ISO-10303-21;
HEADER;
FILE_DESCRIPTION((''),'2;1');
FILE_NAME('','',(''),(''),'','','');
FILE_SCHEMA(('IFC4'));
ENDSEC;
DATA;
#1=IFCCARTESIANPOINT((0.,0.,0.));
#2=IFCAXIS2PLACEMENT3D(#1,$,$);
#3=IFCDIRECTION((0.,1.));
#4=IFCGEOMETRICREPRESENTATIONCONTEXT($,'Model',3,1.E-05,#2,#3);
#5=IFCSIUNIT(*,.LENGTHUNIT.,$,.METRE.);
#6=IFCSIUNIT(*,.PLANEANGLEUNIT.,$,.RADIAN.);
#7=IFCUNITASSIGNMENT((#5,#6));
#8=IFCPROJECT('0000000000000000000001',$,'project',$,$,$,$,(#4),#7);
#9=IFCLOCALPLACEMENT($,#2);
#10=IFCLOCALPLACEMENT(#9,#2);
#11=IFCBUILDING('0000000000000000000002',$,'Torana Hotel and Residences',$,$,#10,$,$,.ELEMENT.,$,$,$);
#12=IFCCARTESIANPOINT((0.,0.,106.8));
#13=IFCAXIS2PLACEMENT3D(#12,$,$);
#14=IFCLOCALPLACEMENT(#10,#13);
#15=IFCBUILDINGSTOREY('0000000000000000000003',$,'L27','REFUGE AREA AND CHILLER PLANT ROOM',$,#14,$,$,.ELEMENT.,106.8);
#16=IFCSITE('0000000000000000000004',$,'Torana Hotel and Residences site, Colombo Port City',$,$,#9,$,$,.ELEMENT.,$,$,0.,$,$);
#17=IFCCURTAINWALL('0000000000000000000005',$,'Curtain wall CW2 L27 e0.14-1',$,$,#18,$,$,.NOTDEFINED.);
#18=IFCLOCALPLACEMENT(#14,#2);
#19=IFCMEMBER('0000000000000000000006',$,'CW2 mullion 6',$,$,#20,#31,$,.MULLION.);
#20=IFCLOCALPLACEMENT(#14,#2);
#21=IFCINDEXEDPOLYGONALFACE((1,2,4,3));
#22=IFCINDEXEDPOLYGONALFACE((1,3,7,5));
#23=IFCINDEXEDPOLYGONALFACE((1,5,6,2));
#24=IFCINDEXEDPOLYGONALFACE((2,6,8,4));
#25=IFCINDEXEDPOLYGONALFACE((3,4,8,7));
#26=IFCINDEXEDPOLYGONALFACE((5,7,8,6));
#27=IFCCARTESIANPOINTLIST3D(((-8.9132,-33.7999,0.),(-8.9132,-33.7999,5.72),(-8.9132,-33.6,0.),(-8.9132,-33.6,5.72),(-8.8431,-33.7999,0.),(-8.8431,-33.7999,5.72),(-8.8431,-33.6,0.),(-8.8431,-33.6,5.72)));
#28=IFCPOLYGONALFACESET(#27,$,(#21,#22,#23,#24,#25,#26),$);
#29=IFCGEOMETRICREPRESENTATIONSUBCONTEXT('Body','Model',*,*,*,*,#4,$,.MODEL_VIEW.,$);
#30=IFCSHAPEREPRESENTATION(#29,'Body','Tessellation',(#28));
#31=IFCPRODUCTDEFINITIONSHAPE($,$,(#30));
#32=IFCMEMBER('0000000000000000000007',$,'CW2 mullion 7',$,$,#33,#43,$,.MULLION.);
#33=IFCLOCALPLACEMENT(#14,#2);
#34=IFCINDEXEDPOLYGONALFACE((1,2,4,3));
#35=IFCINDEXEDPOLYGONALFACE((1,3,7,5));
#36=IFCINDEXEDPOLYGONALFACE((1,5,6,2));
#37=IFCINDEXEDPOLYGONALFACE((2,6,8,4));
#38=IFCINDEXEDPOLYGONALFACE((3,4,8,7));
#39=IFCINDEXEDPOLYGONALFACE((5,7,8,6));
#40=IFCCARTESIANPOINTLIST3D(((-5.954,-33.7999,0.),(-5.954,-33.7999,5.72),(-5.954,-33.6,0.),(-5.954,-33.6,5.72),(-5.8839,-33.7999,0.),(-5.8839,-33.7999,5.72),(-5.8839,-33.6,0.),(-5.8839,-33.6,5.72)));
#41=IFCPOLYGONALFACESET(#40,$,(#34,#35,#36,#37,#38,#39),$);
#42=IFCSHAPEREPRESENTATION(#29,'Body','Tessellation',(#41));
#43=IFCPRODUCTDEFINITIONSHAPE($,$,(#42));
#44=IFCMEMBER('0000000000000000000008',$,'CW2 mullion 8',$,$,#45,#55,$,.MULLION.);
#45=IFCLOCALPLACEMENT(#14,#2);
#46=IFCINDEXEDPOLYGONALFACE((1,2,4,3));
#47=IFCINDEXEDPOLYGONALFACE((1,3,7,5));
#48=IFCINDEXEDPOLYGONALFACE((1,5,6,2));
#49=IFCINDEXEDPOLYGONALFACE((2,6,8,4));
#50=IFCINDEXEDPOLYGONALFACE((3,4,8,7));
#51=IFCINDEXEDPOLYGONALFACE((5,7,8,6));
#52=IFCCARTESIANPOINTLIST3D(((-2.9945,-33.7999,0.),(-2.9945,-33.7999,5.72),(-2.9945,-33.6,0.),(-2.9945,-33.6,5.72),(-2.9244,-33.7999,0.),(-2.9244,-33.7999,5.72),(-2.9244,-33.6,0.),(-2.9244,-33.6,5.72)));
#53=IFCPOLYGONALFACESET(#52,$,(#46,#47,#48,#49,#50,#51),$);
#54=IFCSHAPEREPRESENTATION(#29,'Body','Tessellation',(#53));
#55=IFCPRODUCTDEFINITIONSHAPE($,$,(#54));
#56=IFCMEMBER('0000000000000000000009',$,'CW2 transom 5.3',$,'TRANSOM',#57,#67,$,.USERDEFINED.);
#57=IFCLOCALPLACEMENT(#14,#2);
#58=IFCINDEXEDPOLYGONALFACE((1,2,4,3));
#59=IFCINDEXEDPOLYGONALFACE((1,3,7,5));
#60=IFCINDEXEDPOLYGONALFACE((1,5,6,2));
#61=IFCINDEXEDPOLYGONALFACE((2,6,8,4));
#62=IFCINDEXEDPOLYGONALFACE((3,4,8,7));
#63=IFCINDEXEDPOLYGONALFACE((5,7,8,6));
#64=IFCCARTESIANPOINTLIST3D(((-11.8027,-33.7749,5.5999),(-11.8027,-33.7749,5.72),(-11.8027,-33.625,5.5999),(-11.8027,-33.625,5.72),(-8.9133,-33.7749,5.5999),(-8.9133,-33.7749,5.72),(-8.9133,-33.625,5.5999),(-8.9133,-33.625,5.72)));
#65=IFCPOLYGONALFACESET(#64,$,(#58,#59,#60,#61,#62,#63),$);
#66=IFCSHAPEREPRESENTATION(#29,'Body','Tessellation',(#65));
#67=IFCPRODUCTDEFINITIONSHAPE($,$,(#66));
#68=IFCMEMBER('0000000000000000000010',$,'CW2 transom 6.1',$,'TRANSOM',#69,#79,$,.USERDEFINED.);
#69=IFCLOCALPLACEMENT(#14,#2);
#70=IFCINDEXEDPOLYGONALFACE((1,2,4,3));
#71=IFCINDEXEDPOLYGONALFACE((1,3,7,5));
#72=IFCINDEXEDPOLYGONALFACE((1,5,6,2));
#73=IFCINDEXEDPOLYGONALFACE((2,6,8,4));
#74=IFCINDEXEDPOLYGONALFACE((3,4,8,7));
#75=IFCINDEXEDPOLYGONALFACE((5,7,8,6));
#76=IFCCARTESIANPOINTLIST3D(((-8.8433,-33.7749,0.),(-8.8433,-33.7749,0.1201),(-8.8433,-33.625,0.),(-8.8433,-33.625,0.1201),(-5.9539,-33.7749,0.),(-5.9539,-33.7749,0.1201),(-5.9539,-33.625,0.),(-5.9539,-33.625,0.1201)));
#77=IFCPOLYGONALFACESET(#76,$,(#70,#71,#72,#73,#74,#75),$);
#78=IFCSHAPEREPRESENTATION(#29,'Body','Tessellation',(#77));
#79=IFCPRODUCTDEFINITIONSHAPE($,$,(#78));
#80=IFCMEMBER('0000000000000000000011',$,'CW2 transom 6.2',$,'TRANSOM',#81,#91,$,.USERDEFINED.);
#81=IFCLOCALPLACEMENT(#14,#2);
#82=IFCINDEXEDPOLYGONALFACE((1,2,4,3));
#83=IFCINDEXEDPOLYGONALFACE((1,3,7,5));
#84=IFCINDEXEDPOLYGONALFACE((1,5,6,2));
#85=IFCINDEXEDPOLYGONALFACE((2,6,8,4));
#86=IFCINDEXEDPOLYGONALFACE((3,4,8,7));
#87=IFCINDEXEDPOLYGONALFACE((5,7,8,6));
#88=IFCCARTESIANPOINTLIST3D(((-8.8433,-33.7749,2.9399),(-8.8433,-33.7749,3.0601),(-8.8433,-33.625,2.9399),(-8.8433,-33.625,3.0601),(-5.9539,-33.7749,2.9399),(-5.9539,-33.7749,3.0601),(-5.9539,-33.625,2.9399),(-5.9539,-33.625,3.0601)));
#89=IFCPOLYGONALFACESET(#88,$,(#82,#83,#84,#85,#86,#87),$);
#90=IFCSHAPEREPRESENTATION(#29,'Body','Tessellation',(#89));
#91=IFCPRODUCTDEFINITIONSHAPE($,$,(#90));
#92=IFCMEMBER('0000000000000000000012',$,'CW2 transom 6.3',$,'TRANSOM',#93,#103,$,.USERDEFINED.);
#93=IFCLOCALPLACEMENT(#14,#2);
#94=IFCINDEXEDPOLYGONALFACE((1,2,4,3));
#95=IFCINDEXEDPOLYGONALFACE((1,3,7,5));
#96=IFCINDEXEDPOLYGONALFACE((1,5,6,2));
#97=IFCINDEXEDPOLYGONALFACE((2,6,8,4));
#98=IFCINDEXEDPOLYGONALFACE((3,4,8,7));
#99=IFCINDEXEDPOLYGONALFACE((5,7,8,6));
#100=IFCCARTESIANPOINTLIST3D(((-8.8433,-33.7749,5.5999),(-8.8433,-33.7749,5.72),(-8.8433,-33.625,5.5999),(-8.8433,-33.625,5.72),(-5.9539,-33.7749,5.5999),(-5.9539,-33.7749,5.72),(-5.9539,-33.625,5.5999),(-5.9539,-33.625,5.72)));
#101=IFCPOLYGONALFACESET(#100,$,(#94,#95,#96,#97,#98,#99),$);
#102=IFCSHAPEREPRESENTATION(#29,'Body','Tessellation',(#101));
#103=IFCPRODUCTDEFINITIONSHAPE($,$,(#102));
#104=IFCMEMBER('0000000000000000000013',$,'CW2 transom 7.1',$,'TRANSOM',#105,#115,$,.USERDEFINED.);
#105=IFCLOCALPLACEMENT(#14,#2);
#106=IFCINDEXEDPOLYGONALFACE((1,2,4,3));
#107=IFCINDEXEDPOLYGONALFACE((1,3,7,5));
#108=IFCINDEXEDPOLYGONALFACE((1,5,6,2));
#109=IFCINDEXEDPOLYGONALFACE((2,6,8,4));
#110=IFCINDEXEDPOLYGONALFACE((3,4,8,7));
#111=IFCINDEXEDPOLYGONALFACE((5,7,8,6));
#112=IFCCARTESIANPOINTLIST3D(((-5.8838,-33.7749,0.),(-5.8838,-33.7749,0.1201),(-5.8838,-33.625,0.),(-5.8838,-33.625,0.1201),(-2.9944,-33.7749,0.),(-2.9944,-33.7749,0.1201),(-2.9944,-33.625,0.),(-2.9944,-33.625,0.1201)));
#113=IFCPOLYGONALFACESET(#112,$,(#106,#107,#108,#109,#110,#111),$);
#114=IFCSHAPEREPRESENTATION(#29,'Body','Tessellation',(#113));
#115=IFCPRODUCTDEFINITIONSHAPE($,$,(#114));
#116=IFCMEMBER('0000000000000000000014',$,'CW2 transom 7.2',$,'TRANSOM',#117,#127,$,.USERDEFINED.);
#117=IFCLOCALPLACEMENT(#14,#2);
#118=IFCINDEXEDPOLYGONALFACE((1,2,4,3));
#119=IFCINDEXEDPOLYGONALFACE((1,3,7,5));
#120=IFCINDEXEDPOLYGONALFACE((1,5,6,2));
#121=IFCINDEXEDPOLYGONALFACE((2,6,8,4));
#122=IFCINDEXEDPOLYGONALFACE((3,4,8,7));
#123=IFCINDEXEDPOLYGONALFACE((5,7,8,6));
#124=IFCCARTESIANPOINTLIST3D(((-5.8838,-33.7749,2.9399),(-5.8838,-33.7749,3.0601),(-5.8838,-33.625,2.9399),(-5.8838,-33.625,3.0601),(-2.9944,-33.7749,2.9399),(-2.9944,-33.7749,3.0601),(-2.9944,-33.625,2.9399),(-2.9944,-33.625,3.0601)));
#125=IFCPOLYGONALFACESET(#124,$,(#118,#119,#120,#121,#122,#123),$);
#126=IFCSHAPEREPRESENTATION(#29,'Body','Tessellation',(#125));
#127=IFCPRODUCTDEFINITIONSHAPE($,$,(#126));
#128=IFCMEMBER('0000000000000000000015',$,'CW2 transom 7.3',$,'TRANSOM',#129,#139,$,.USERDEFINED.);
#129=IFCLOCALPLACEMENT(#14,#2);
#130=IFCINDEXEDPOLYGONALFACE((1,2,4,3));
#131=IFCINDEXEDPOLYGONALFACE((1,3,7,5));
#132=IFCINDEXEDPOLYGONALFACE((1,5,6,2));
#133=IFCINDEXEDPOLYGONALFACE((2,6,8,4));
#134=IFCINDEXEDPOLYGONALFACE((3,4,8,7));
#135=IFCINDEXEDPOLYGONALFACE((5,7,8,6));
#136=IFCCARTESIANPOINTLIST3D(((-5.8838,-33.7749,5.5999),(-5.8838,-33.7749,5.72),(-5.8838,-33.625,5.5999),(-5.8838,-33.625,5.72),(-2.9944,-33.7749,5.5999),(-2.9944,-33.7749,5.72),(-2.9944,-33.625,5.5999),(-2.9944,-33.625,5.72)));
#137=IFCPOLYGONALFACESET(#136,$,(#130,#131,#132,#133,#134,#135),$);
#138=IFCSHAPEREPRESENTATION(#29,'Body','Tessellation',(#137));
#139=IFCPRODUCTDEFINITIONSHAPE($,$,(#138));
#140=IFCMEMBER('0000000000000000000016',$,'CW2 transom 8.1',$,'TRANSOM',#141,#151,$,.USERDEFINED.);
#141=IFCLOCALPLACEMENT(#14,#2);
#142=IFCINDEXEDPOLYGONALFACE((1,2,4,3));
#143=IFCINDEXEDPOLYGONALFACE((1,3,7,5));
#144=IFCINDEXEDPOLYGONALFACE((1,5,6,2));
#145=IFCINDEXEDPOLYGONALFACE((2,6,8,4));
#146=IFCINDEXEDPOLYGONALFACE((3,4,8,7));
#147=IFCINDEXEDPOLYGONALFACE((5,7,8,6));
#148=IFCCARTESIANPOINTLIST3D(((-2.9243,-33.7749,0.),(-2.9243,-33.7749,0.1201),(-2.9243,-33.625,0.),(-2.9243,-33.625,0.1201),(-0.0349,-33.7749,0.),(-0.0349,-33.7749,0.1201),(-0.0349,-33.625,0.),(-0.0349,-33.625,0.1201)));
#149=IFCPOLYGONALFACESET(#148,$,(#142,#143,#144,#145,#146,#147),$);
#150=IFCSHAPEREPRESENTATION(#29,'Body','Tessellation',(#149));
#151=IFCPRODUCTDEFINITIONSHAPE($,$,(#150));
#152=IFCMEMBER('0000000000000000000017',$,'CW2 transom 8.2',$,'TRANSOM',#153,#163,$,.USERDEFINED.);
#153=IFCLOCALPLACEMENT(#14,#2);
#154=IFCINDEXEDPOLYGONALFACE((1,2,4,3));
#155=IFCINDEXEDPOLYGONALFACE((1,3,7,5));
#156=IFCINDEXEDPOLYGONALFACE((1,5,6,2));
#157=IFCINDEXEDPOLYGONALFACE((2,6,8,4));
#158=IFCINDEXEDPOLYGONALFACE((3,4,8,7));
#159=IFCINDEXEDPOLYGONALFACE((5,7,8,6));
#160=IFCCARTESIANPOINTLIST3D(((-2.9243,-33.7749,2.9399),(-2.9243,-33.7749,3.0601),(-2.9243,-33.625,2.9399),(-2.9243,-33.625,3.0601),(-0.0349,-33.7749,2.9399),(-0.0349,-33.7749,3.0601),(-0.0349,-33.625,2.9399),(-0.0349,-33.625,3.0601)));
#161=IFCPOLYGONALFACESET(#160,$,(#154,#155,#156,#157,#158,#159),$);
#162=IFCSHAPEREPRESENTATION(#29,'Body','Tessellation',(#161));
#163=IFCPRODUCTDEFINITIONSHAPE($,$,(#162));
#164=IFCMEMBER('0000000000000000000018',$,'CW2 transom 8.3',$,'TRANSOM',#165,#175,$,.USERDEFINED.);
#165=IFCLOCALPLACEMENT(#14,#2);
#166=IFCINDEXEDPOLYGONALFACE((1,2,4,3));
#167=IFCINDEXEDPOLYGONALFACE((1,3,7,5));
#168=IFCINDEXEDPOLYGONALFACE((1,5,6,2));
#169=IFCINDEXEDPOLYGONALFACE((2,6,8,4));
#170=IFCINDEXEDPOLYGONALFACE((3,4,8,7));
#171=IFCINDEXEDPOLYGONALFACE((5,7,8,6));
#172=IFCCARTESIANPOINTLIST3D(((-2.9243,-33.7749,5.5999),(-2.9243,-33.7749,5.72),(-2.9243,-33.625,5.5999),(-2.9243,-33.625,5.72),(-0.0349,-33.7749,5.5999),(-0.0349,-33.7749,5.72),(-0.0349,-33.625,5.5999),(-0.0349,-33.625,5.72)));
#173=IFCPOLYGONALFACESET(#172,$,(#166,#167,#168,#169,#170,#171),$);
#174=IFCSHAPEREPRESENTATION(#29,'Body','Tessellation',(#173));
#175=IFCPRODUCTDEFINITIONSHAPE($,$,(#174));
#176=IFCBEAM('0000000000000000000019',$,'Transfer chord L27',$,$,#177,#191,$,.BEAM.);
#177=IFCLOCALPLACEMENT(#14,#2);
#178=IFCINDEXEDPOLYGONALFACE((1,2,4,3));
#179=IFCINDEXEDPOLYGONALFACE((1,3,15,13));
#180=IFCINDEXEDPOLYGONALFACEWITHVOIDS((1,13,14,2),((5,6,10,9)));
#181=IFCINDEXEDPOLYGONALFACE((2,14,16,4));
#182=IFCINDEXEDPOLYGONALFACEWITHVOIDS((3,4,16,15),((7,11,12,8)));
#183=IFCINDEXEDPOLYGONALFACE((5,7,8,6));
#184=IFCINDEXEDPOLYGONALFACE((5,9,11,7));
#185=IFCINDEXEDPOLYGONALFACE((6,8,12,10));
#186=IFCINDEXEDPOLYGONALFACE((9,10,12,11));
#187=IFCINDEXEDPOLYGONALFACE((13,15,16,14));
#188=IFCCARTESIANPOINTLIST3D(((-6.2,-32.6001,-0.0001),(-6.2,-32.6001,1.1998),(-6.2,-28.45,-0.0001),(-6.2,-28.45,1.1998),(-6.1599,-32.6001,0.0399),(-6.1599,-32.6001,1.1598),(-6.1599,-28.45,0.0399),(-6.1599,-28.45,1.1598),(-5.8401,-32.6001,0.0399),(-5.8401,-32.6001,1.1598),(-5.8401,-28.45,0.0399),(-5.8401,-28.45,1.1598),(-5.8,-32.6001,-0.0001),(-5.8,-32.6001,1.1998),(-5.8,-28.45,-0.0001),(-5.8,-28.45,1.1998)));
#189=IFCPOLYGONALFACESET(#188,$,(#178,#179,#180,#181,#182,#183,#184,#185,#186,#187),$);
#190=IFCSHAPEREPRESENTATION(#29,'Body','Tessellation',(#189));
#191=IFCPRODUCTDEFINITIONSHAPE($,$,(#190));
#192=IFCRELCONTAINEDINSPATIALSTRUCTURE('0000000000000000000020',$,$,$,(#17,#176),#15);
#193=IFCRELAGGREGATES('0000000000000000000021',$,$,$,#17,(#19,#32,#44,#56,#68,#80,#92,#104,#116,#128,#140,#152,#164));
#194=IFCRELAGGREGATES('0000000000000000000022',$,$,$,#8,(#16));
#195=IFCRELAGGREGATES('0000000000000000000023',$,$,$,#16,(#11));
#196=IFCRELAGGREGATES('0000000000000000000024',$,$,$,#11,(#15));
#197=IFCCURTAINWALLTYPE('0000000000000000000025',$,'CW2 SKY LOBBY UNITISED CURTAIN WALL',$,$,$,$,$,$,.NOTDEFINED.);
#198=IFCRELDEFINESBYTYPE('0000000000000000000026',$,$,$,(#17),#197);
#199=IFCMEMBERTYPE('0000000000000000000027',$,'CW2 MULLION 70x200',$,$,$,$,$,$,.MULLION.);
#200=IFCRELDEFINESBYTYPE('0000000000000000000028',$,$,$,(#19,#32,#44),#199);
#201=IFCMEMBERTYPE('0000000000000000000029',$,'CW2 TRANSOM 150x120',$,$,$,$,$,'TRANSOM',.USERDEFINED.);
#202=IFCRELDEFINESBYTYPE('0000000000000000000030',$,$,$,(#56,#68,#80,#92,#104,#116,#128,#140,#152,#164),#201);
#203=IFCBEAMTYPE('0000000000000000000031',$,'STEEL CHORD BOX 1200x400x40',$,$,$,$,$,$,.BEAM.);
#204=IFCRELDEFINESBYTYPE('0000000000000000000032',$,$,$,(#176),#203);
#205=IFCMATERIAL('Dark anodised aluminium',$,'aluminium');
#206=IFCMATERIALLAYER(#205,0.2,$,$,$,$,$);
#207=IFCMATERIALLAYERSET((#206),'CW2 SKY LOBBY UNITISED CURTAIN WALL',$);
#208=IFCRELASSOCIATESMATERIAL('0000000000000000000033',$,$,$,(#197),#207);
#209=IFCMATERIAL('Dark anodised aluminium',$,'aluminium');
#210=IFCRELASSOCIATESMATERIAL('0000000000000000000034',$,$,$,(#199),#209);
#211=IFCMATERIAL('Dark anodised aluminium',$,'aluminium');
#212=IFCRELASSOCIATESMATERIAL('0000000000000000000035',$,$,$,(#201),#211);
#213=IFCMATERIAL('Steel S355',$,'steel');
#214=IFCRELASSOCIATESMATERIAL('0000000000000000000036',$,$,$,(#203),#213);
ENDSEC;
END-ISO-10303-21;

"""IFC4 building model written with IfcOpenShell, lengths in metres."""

from ifc_helpers import new_model, si_unit, direction, frame, origin, origin_2d, place, context, subcontext, project, spatial, rectangle, hollow_rectangle, extrude, material, layer, layer_set, material_profile, profile_set, type_object, element, aggregate, save


model = new_model("IFC4")

# Units and contexts
model_context = context("Model", 3, precision=1e-05, world=origin(), true_north=direction((0.0, 1.0)))
body_context = subcontext(model_context, "Body", "Model", "MODEL_VIEW")
ifc_project = project(units=[si_unit("LENGTHUNIT", "METRE"), si_unit("PLANEANGLEUNIT", "RADIAN")], contexts=[model_context])

# Site, building, storey
site_placement = place(None, origin())
site = spatial("IfcSite", under=ifc_project, at=site_placement, Name="Torana Hotel and Residences site, Colombo Port City", CompositionType="ELEMENT", RefElevation=0.0)
building_placement = place(site_placement, origin())
building = spatial("IfcBuilding", under=site, at=building_placement, Name="Torana Hotel and Residences", CompositionType="ELEMENT")
storey_placement = place(building_placement, frame((0.0, 0.0, 106.8)))
storey = spatial("IfcBuildingStorey", under=building, at=storey_placement, Name="L27", Description="REFUGE AREA AND CHILLER PLANT ROOM", CompositionType="ELEMENT", Elevation=106.8)

# Curtain wall, members
ifc_material_1 = material(Name="Dark anodised aluminium", Category="aluminium")
ifc_layer_1 = layer(ifc_material_1, 0.2)
ifc_layer_set_1 = layer_set([ifc_layer_1], Name="CW2 SKY LOBBY UNITISED CURTAIN WALL")
curtain_wall_type = type_object("IfcCurtainWallType", Name="CW2 SKY LOBBY UNITISED CURTAIN WALL", PredefinedType="NOTDEFINED", material=ifc_layer_set_1)
curtain_wall_placement = place(storey_placement, origin())
curtain_wall = element("IfcCurtainWall", 1, at=curtain_wall_placement, inside=storey, type_object=curtain_wall_type, Name="Curtain wall CW2 L27 e0.14-1", PredefinedType="NOTDEFINED")
ifc_material_2 = material(Name="Dark anodised aluminium", Category="aluminium")
ifc_material_profile_1 = material_profile(ifc_material_2, rectangle(XDim=0.2, YDim=0.0701, at=origin_2d()), Name="CW2 MULLION 70x200")
ifc_profile_set_1 = profile_set([ifc_material_profile_1], Name="Dark anodised aluminium")
member_type_1 = type_object("IfcMemberType", Name="CW2 MULLION 70x200", PredefinedType="MULLION", material=ifc_profile_set_1)
member_1_placement = place(storey_placement, frame((-8.8782, -33.7, 0.0), z_axis=(0.0, 0.0, 1.0), x_axis=(0.0, 1.0, 0.0)))
member_1 = element("IfcMember", 2, at=member_1_placement, type_object=member_type_1, Name="CW2 mullion 6", PredefinedType="MULLION", context=body_context, shape_type="SweptSolid", body=[
    extrude(rectangle(XDim=0.2, YDim=0.0701, at=origin_2d()), origin(), (0.0, 0.0, 1.0), 5.72),
])
member_2_placement = place(storey_placement, frame((-5.9189, -33.7, 0.0), z_axis=(0.0, 0.0, 1.0), x_axis=(0.0, 1.0, 0.0)))
member_2 = element("IfcMember", 3, at=member_2_placement, type_object=member_type_1, Name="CW2 mullion 7", PredefinedType="MULLION", context=body_context, shape_type="SweptSolid", body=[
    extrude(rectangle(XDim=0.2, YDim=0.0701, at=origin_2d()), origin(), (0.0, 0.0, 1.0), 5.72),
])
member_3_placement = place(storey_placement, frame((-2.9595, -33.7, 0.0), z_axis=(0.0, 0.0, 1.0), x_axis=(0.0, 1.0, 0.0)))
member_3 = element("IfcMember", 4, at=member_3_placement, type_object=member_type_1, Name="CW2 mullion 8", PredefinedType="MULLION", context=body_context, shape_type="SweptSolid", body=[
    extrude(rectangle(XDim=0.2, YDim=0.0701, at=origin_2d()), origin(), (0.0, 0.0, 1.0), 5.72),
])
ifc_material_3 = material(Name="Dark anodised aluminium", Category="aluminium")
ifc_material_profile_2 = material_profile(ifc_material_3, rectangle(XDim=0.1499, YDim=0.1201, at=origin_2d()), Name="CW2 TRANSOM 150x120")
ifc_profile_set_2 = profile_set([ifc_material_profile_2], Name="Dark anodised aluminium")
member_type_2 = type_object("IfcMemberType", Name="CW2 TRANSOM 150x120", ElementType="TRANSOM", PredefinedType="USERDEFINED", material=ifc_profile_set_2)
member_4_placement = place(storey_placement, frame((-11.8027, -33.7, 5.6599), z_axis=(1.0, 0.0, 0.0), x_axis=(0.0, 1.0, 0.0)))
member_4 = element("IfcMember", 5, at=member_4_placement, type_object=member_type_2, Name="CW2 transom 5.3", ObjectType="TRANSOM", PredefinedType="USERDEFINED", context=body_context, shape_type="SweptSolid", body=[
    extrude(rectangle(XDim=0.1499, YDim=0.1201, at=origin_2d()), origin(), (0.0, 0.0, 1.0), 2.8894),
])
member_5_placement = place(storey_placement, frame((-8.8433, -33.7, 0.0601), z_axis=(1.0, 0.0, 0.0), x_axis=(0.0, 1.0, 0.0)))
member_5 = element("IfcMember", 6, at=member_5_placement, type_object=member_type_2, Name="CW2 transom 6.1", ObjectType="TRANSOM", PredefinedType="USERDEFINED", context=body_context, shape_type="SweptSolid", body=[
    extrude(rectangle(XDim=0.1499, YDim=0.1201, at=origin_2d()), origin(), (0.0, 0.0, 1.0), 2.8894),
])
member_6_placement = place(storey_placement, frame((-8.8433, -33.7, 3.0), z_axis=(1.0, 0.0, 0.0), x_axis=(0.0, 1.0, 0.0)))
member_6 = element("IfcMember", 7, at=member_6_placement, type_object=member_type_2, Name="CW2 transom 6.2", ObjectType="TRANSOM", PredefinedType="USERDEFINED", context=body_context, shape_type="SweptSolid", body=[
    extrude(rectangle(XDim=0.1499, YDim=0.1201, at=origin_2d()), origin(), (0.0, 0.0, 1.0), 2.8894),
])
member_7_placement = place(storey_placement, frame((-8.8433, -33.7, 5.6599), z_axis=(1.0, 0.0, 0.0), x_axis=(0.0, 1.0, 0.0)))
member_7 = element("IfcMember", 8, at=member_7_placement, type_object=member_type_2, Name="CW2 transom 6.3", ObjectType="TRANSOM", PredefinedType="USERDEFINED", context=body_context, shape_type="SweptSolid", body=[
    extrude(rectangle(XDim=0.1499, YDim=0.1201, at=origin_2d()), origin(), (0.0, 0.0, 1.0), 2.8894),
])
member_8_placement = place(storey_placement, frame((-5.8838, -33.7, 0.0601), z_axis=(1.0, 0.0, 0.0), x_axis=(0.0, 1.0, 0.0)))
member_8 = element("IfcMember", 9, at=member_8_placement, type_object=member_type_2, Name="CW2 transom 7.1", ObjectType="TRANSOM", PredefinedType="USERDEFINED", context=body_context, shape_type="SweptSolid", body=[
    extrude(rectangle(XDim=0.1499, YDim=0.1201, at=origin_2d()), origin(), (0.0, 0.0, 1.0), 2.8894),
])
member_9_placement = place(storey_placement, frame((-5.8838, -33.7, 3.0), z_axis=(1.0, 0.0, 0.0), x_axis=(0.0, 1.0, 0.0)))
member_9 = element("IfcMember", 10, at=member_9_placement, type_object=member_type_2, Name="CW2 transom 7.2", ObjectType="TRANSOM", PredefinedType="USERDEFINED", context=body_context, shape_type="SweptSolid", body=[
    extrude(rectangle(XDim=0.1499, YDim=0.1201, at=origin_2d()), origin(), (0.0, 0.0, 1.0), 2.8894),
])
member_10_placement = place(storey_placement, frame((-5.8838, -33.7, 5.6599), z_axis=(1.0, 0.0, 0.0), x_axis=(0.0, 1.0, 0.0)))
member_10 = element("IfcMember", 11, at=member_10_placement, type_object=member_type_2, Name="CW2 transom 7.3", ObjectType="TRANSOM", PredefinedType="USERDEFINED", context=body_context, shape_type="SweptSolid", body=[
    extrude(rectangle(XDim=0.1499, YDim=0.1201, at=origin_2d()), origin(), (0.0, 0.0, 1.0), 2.8894),
])
member_11_placement = place(storey_placement, frame((-2.9243, -33.7, 0.0601), z_axis=(1.0, 0.0, 0.0), x_axis=(0.0, 1.0, 0.0)))
member_11 = element("IfcMember", 12, at=member_11_placement, type_object=member_type_2, Name="CW2 transom 8.1", ObjectType="TRANSOM", PredefinedType="USERDEFINED", context=body_context, shape_type="SweptSolid", body=[
    extrude(rectangle(XDim=0.1499, YDim=0.1201, at=origin_2d()), origin(), (0.0, 0.0, 1.0), 2.8894),
])
member_12_placement = place(storey_placement, frame((-2.9243, -33.7, 3.0), z_axis=(1.0, 0.0, 0.0), x_axis=(0.0, 1.0, 0.0)))
member_12 = element("IfcMember", 13, at=member_12_placement, type_object=member_type_2, Name="CW2 transom 8.2", ObjectType="TRANSOM", PredefinedType="USERDEFINED", context=body_context, shape_type="SweptSolid", body=[
    extrude(rectangle(XDim=0.1499, YDim=0.1201, at=origin_2d()), origin(), (0.0, 0.0, 1.0), 2.8894),
])
member_13_placement = place(storey_placement, frame((-2.9243, -33.7, 5.6599), z_axis=(1.0, 0.0, 0.0), x_axis=(0.0, 1.0, 0.0)))
member_13 = element("IfcMember", 14, at=member_13_placement, type_object=member_type_2, Name="CW2 transom 8.3", ObjectType="TRANSOM", PredefinedType="USERDEFINED", context=body_context, shape_type="SweptSolid", body=[
    extrude(rectangle(XDim=0.1499, YDim=0.1201, at=origin_2d()), origin(), (0.0, 0.0, 1.0), 2.8894),
])

# Beam
ifc_material_4 = material(Name="Steel S355", Category="steel")
ifc_material_profile_3 = material_profile(ifc_material_4, hollow_rectangle(XDim=0.3999, YDim=1.2, WallThickness=0.04, at=origin_2d()), Name="BOX 1200x400x40")
ifc_profile_set_3 = profile_set([ifc_material_profile_3], Name="Steel S355")
beam_type = type_object("IfcBeamType", Name="STEEL CHORD BOX 1200x400x40", PredefinedType="BEAM", material=ifc_profile_set_3)
for number, where, z_axis, x_axis, name in (
    (15, (-6.0, -32.6001, 0.5999), (0.0, 1.0, 0.0), (-1.0, 0.0, 0.0), "Transfer chord L27"),
):
    element("IfcBeam", number, at=place(storey_placement, frame(where, z_axis=z_axis, x_axis=x_axis)), inside=storey, type_object=beam_type, Name=name, PredefinedType="BEAM", context=body_context, shape_type="SweptSolid", body=[
        extrude(hollow_rectangle(XDim=0.3999, YDim=1.2, WallThickness=0.04, at=origin_2d()), origin(), (0.0, 0.0, 1.0), 4.1501),
    ])

aggregate(curtain_wall, [member_1, member_2, member_3, member_4, member_5, member_6, member_7, member_8, member_9, member_10, member_11, member_12, member_13])

save(model, "model.ifc")
